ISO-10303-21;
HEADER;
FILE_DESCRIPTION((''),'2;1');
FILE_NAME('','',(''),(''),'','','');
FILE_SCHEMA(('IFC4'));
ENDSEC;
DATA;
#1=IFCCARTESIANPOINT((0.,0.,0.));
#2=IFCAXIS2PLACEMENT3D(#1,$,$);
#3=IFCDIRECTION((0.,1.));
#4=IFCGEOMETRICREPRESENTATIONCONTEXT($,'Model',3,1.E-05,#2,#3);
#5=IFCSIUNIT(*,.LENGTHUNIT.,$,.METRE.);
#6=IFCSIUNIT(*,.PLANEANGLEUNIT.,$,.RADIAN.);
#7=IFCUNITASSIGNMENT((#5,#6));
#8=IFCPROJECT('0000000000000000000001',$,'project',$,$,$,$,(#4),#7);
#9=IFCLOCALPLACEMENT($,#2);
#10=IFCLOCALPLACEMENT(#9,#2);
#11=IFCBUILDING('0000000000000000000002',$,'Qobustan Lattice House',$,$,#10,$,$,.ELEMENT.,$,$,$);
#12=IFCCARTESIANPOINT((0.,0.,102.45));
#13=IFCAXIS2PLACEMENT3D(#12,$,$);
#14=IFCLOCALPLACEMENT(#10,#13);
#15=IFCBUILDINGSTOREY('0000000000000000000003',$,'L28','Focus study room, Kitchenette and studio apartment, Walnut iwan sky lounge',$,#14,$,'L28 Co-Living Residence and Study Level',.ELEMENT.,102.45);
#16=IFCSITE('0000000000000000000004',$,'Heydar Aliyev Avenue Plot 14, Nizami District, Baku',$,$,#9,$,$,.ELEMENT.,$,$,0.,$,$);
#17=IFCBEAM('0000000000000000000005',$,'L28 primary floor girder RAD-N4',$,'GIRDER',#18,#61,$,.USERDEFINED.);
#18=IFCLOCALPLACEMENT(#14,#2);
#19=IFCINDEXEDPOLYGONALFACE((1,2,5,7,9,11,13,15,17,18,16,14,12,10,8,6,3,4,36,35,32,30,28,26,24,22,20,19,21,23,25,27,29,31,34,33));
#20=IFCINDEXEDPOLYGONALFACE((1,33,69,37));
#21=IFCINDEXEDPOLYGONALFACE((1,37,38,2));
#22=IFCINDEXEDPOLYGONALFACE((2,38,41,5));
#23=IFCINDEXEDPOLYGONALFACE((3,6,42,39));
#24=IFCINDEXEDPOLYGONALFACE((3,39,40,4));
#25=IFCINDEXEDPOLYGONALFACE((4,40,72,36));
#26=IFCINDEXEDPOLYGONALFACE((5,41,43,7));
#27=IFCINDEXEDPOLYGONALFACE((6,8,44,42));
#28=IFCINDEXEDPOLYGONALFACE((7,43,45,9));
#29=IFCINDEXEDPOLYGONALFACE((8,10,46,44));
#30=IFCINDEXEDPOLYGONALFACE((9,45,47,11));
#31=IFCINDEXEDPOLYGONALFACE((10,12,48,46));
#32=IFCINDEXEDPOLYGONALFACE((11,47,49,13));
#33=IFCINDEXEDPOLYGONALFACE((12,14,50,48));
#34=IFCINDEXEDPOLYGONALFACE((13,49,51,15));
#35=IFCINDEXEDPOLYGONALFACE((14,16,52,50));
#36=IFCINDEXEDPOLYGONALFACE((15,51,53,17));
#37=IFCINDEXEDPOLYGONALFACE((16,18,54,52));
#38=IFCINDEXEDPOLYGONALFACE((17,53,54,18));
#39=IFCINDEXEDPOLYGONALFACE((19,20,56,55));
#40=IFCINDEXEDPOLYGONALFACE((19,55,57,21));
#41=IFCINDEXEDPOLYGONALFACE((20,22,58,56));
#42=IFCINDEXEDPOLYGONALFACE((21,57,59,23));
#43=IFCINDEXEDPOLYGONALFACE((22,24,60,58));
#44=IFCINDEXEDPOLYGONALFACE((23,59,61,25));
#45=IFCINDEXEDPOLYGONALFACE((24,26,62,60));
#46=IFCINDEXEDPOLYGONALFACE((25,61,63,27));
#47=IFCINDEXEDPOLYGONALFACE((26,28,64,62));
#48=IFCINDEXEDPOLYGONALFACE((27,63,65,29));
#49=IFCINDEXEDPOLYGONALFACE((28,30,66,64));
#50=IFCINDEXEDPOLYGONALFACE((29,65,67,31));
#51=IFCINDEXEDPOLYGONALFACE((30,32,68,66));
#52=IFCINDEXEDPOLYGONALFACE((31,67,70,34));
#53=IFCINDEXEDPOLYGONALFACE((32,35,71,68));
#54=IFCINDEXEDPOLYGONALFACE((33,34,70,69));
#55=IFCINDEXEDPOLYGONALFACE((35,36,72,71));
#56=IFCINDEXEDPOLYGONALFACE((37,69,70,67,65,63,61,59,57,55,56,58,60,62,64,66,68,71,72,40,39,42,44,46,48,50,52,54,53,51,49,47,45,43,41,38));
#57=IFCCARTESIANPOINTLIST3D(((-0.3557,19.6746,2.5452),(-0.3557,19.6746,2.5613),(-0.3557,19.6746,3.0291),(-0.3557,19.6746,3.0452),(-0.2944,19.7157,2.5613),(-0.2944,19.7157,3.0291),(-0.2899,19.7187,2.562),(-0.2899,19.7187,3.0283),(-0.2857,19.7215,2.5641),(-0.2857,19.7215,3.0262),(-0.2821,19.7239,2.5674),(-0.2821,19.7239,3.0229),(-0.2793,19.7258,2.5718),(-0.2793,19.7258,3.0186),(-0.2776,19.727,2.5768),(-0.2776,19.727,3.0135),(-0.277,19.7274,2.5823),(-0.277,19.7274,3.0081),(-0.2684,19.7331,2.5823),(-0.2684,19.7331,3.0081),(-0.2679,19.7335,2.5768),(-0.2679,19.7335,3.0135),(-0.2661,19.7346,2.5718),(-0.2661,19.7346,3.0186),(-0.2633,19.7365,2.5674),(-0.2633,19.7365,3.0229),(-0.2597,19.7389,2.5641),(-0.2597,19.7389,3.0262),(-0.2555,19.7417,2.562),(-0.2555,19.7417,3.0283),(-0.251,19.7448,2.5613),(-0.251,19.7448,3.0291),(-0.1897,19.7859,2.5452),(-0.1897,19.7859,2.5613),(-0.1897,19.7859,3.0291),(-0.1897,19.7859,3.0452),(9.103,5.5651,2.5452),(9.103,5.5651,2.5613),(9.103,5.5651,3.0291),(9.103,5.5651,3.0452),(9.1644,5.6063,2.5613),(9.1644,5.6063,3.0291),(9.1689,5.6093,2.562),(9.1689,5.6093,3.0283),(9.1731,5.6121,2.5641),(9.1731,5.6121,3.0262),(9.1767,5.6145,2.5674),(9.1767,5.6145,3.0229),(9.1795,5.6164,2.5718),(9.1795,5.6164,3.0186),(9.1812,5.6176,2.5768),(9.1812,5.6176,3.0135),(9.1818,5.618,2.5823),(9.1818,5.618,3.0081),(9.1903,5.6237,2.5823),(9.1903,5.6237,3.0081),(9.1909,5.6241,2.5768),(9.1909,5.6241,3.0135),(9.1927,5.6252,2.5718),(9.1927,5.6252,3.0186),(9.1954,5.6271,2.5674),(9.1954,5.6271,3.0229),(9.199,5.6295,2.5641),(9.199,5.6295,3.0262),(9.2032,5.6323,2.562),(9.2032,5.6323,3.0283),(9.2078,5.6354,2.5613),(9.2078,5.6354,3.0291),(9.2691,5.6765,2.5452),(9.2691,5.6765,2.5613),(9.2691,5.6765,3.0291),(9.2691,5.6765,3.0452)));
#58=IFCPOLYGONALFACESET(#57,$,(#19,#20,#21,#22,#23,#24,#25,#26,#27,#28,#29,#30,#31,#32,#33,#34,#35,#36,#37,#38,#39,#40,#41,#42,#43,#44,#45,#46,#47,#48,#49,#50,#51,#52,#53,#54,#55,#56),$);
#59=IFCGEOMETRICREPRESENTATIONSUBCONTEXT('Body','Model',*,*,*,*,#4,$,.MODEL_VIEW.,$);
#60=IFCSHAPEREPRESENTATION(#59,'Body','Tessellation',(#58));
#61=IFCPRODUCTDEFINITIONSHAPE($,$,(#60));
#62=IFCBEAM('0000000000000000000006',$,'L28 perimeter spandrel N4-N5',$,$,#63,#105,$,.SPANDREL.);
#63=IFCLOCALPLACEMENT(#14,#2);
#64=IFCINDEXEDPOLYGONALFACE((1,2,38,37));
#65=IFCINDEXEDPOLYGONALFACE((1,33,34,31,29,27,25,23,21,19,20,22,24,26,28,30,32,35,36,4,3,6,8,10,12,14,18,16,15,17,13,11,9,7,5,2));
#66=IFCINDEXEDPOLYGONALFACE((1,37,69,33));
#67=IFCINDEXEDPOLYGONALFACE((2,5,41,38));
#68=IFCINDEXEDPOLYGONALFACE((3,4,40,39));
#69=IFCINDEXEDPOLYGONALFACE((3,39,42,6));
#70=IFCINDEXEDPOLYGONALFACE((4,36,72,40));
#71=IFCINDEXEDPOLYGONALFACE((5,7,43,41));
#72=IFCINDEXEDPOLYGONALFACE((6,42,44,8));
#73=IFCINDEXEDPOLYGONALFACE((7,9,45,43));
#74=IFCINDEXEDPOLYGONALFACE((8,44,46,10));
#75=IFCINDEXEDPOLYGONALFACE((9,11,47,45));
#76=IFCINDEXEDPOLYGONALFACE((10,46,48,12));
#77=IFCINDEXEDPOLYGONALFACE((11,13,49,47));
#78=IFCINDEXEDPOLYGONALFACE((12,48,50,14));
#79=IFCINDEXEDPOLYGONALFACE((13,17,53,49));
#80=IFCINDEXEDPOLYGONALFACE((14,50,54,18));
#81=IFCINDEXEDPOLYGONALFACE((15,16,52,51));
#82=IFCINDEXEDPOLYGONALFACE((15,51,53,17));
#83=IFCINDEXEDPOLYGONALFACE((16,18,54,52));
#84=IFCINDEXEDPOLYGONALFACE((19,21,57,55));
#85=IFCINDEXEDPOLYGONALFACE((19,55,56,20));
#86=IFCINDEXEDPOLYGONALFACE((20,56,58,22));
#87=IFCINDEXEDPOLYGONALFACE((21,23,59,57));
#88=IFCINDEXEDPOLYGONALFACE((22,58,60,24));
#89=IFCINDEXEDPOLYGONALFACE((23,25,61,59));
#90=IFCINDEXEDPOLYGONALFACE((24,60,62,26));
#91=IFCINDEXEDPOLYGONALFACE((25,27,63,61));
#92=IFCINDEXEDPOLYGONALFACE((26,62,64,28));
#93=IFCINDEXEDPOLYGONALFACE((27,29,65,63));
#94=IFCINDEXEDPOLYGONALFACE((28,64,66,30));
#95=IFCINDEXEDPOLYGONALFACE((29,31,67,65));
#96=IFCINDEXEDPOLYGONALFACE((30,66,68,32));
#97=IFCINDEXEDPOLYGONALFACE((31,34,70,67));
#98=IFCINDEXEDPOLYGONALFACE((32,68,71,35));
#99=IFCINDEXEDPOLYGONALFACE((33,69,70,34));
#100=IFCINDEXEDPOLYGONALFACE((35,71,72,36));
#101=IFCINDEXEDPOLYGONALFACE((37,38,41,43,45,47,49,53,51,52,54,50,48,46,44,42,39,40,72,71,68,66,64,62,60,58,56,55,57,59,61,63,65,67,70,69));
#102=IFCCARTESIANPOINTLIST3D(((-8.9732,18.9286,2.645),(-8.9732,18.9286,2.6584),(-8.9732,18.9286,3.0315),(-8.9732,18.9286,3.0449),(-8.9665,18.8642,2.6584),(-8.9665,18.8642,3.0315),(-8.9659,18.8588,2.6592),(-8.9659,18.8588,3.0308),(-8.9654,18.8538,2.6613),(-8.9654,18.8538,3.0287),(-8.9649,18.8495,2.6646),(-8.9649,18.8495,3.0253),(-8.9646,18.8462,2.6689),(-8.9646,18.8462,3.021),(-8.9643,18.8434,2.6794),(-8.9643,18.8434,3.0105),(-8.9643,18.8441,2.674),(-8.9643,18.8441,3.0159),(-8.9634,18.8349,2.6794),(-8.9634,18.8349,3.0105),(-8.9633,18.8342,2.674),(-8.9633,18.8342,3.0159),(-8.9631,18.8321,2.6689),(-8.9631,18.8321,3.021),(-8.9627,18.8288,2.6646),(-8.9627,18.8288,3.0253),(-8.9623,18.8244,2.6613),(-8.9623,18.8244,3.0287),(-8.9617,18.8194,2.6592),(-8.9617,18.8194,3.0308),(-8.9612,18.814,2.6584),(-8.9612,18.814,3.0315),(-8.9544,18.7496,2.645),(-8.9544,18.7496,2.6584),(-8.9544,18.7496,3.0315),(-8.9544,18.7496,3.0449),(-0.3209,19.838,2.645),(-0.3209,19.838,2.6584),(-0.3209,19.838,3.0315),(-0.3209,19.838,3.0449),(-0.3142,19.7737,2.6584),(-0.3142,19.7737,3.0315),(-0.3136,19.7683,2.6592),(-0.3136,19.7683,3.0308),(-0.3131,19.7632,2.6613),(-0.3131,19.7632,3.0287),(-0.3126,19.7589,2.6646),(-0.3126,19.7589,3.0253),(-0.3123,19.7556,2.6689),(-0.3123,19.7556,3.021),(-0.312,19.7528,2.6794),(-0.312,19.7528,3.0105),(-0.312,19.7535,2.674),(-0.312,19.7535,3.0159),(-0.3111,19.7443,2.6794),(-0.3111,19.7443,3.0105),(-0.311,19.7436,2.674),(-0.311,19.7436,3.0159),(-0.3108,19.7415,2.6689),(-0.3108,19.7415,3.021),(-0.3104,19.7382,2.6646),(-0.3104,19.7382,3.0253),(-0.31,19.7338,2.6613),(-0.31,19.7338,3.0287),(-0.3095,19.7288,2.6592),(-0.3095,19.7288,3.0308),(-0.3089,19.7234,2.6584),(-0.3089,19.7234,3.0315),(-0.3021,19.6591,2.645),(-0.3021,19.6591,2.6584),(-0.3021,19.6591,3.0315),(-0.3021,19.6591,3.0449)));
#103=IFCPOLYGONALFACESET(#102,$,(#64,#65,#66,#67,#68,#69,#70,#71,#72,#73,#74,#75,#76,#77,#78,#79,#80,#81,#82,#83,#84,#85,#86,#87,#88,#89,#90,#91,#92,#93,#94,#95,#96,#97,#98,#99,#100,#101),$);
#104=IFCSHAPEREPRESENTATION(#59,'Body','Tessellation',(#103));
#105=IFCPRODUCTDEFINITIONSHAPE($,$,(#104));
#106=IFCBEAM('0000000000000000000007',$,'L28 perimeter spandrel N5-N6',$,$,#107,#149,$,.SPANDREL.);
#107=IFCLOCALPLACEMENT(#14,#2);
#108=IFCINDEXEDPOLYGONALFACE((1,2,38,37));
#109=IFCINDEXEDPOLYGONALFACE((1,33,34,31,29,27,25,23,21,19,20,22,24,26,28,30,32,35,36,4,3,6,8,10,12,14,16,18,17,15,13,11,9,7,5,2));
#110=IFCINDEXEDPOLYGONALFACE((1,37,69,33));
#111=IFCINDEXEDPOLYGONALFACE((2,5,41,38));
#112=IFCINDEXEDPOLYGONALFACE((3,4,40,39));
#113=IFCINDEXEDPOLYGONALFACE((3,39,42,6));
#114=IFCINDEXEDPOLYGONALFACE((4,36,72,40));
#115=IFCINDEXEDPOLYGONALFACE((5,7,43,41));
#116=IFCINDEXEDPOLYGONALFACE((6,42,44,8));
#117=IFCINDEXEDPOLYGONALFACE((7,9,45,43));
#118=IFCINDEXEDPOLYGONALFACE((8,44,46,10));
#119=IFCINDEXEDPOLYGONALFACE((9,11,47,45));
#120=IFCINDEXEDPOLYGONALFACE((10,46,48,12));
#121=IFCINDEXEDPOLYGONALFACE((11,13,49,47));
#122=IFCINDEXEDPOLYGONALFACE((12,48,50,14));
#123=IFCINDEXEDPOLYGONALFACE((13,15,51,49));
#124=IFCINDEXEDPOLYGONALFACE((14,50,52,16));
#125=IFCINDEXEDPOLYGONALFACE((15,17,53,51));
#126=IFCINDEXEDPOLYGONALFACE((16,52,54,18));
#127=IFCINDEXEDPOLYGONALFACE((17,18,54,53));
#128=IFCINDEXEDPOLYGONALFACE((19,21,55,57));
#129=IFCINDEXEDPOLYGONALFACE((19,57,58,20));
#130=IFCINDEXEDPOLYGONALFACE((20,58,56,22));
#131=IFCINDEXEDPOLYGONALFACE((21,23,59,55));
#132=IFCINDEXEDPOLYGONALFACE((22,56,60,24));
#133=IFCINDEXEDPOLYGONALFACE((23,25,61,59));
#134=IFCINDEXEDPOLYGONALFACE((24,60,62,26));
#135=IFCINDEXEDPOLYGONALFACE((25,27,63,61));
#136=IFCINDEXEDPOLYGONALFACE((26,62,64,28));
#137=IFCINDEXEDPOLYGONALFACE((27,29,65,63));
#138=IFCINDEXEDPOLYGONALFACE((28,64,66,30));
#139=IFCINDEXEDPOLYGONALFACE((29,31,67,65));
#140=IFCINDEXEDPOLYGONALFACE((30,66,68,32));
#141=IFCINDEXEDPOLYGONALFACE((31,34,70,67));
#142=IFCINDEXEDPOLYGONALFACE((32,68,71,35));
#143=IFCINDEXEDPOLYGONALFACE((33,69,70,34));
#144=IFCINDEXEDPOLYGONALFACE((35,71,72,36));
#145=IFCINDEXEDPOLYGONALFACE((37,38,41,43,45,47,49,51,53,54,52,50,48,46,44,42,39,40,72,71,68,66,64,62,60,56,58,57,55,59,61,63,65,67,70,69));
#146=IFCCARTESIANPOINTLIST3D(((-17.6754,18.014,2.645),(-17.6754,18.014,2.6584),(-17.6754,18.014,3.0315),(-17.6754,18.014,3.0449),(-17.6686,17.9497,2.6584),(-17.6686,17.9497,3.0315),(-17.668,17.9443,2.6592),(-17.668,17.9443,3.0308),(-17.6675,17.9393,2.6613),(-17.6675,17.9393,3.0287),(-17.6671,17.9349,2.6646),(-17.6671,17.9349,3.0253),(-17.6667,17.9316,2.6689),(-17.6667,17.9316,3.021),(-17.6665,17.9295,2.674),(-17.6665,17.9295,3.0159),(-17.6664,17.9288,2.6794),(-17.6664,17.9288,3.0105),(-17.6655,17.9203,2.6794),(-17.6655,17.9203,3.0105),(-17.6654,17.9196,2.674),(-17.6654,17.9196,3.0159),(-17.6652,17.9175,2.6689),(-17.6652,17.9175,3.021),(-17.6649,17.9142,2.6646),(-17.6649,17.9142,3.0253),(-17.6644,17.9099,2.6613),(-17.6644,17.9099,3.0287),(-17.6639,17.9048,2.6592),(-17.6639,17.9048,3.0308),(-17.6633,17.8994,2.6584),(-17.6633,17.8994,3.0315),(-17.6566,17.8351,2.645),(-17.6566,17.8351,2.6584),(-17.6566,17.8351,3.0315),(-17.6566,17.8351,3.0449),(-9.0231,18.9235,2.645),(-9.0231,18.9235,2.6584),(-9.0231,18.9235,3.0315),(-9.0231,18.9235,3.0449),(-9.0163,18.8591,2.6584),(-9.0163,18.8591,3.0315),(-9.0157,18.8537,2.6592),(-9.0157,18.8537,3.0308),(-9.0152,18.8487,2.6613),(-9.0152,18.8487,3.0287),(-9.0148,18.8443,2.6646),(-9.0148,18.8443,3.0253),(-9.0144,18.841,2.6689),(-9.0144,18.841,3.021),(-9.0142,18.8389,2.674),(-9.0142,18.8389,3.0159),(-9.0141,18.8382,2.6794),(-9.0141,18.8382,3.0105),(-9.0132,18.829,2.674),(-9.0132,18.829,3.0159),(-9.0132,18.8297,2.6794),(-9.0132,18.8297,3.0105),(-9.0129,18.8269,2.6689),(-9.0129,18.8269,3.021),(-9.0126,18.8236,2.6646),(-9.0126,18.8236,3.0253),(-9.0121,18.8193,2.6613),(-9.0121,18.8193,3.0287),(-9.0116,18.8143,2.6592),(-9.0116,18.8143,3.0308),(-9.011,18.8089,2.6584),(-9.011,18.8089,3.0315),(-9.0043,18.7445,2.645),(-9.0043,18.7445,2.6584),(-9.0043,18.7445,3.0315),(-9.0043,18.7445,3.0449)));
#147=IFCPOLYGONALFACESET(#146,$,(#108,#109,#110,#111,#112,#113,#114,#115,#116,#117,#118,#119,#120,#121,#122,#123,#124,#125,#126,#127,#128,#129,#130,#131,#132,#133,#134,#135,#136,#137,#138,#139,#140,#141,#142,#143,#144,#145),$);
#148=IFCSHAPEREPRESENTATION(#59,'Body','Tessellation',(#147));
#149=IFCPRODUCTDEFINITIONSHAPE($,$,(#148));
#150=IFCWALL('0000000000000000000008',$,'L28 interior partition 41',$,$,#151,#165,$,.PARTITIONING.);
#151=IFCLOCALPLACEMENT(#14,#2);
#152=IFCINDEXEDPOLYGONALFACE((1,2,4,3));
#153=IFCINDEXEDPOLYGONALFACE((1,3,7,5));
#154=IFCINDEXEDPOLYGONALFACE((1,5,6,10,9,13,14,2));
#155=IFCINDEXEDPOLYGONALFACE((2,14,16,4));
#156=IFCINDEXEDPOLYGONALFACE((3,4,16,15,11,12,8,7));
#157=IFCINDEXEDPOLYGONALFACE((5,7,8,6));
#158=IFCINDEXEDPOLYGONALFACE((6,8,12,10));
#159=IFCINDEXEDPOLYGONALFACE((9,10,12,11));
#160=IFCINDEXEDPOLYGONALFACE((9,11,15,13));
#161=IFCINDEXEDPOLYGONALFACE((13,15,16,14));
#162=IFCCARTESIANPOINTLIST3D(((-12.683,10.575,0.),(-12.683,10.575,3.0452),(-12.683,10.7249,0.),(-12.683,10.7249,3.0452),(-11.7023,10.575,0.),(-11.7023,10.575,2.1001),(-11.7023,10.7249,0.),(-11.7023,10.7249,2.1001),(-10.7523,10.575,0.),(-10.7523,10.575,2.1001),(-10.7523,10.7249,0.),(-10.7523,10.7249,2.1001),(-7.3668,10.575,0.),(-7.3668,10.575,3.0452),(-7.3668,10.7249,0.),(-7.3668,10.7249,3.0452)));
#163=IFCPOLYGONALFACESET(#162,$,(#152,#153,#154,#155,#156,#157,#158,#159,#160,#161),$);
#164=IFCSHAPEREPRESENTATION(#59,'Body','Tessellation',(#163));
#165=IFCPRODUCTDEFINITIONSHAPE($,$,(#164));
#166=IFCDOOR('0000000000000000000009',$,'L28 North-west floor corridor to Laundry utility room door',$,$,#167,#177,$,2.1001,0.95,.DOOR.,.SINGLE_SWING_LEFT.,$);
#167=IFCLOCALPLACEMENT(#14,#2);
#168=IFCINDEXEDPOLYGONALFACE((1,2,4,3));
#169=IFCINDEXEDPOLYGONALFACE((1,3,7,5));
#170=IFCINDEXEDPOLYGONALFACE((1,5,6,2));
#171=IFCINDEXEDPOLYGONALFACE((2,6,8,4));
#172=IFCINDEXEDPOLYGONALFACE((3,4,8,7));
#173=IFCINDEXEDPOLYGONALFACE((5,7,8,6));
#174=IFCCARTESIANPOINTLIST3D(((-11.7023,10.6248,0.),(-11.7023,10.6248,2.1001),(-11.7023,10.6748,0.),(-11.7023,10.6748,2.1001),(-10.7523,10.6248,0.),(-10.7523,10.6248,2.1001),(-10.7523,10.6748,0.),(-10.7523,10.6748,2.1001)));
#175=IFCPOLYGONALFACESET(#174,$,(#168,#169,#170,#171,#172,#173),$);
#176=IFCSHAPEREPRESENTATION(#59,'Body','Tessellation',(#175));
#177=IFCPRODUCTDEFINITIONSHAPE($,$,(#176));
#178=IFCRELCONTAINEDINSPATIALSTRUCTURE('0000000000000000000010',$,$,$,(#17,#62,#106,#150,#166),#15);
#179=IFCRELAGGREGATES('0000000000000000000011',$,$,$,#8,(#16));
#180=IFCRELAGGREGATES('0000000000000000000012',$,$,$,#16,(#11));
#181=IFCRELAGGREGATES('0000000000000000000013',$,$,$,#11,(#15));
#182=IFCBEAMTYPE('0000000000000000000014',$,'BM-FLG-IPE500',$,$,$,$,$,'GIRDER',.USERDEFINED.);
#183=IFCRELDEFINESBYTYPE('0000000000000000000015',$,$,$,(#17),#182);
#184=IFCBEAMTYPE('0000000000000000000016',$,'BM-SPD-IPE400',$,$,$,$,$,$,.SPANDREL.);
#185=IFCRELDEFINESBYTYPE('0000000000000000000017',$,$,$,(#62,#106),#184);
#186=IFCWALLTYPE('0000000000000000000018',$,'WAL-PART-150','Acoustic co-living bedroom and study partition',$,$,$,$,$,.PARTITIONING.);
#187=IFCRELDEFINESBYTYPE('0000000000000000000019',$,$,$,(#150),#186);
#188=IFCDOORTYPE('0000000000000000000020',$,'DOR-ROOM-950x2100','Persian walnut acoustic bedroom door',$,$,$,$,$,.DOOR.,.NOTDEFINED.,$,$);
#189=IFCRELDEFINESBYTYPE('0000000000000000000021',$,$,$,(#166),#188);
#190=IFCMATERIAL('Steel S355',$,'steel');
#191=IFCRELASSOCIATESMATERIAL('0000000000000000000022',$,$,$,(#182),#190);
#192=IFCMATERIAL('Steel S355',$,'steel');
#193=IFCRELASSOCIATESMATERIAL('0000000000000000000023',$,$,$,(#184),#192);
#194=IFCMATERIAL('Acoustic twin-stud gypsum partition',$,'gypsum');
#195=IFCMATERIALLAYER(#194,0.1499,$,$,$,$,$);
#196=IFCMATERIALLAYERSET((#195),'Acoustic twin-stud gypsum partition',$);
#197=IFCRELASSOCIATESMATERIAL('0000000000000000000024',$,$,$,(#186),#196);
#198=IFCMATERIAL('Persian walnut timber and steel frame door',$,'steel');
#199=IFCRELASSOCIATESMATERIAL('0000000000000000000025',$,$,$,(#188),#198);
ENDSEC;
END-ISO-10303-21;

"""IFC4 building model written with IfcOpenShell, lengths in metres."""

from ifc_helpers import new_model, si_unit, direction, frame, frame_2d, origin, origin_2d, place, context, subcontext, project, spatial, rectangle, i_section, extrude, material, layer, layer_set, material_profile, profile_set, type_object, element, fill, save


model = new_model("IFC4")

# Units and contexts
model_context = context("Model", 3, precision=1e-05, world=origin(), true_north=direction((0.0, 1.0)))
body_context = subcontext(model_context, "Body", "Model", "MODEL_VIEW")
ifc_project = project(units=[si_unit("LENGTHUNIT", "METRE"), si_unit("PLANEANGLEUNIT", "RADIAN")], contexts=[model_context])

# Site, building, storey
site_placement = place(None, origin())
site = spatial("IfcSite", under=ifc_project, at=site_placement, Name="Heydar Aliyev Avenue Plot 14, Nizami District, Baku", CompositionType="ELEMENT", RefElevation=0.0)
building_placement = place(site_placement, origin())
building = spatial("IfcBuilding", under=site, at=building_placement, Name="Qobustan Lattice House", CompositionType="ELEMENT")
storey_placement = place(building_placement, frame((0.0, 0.0, 102.45)))
storey = spatial("IfcBuildingStorey", under=building, at=storey_placement, Name="L28", Description="Focus study room, Kitchenette and studio apartment, Walnut iwan sky lounge", LongName="L28 Co-Living Residence and Study Level", CompositionType="ELEMENT", Elevation=102.45)

# Beams
ifc_material_1 = material(Name="Steel S355", Category="steel")
ifc_material_profile_1 = material_profile(ifc_material_1, i_section(OverallWidth=0.2, OverallDepth=0.5, WebThickness=0.0103, FlangeThickness=0.0161, FilletRadius=0.021, at=origin_2d()), Name="IPE500")
ifc_profile_set_1 = profile_set([ifc_material_profile_1], Name="Steel S355")
beam_type_1 = type_object("IfcBeamType", Name="BM-FLG-IPE500", ElementType="GIRDER", PredefinedType="USERDEFINED", material=ifc_profile_set_1)
beam_1_placement = place(storey_placement, frame((-0.2727, 19.7302, 2.7952), z_axis=(0.556838, -0.830621, 0.0), x_axis=(0.830621, 0.556838, 0.0)))
element("IfcBeam", 1, at=beam_1_placement, inside=storey, type_object=beam_type_1, Name="L28 primary floor girder RAD-N4", ObjectType="GIRDER", PredefinedType="USERDEFINED", context=body_context, shape_type="SweptSolid", body=[
    extrude(i_section(OverallWidth=0.2, OverallDepth=0.5, WebThickness=0.0103, FlangeThickness=0.0161, FilletRadius=0.021, at=origin_2d()), origin(), (0.0, 0.0, 1.0), 16.9866),
])
ifc_material_2 = material(Name="Steel S355", Category="steel")
ifc_material_profile_2 = material_profile(ifc_material_2, i_section(OverallWidth=0.1799, OverallDepth=0.3999, WebThickness=0.0085, FlangeThickness=0.0134, FilletRadius=0.021, at=origin_2d()), Name="IPE400")
ifc_profile_set_2 = profile_set([ifc_material_profile_2], Name="Steel S355")
beam_type_2 = type_object("IfcBeamType", Name="BM-SPD-IPE400", PredefinedType="SPANDREL", material=ifc_profile_set_2)
for number, where, z_axis, x_axis, name in (
    (2, (-0.3115, 19.7485, 2.845), (-0.994522, -0.104531, 0.0), (0.104531, -0.994522, 0.0), "L28 perimeter spandrel N4-N5"),
    (3, (-9.0137, 18.834, 2.845), (-0.994522, -0.104531, 0.0), (0.104531, -0.994522, 0.0), "L28 perimeter spandrel N5-N6"),
):
    element("IfcBeam", number, at=place(storey_placement, frame(where, z_axis=z_axis, x_axis=x_axis)), inside=storey, type_object=beam_type_2, Name=name, PredefinedType="SPANDREL", context=body_context, shape_type="SweptSolid", body=[
        extrude(i_section(OverallWidth=0.1799, OverallDepth=0.3999, WebThickness=0.0085, FlangeThickness=0.0134, FilletRadius=0.021, at=origin_2d()), origin(), (0.0, 0.0, 1.0), 8.7),
    ])

# Wall, opening, door
ifc_material_3 = material(Name="Acoustic twin-stud gypsum partition", Category="gypsum")
ifc_layer_1 = layer(ifc_material_3, 0.1499)
ifc_layer_set_1 = layer_set([ifc_layer_1], Name="Acoustic twin-stud gypsum partition")
wall_type_1 = type_object("IfcWallType", Name="WAL-PART-150", Description="Acoustic co-living bedroom and study partition", PredefinedType="PARTITIONING", material=ifc_layer_set_1)
wall_1_placement = place(storey_placement, frame((-12.6831, 10.6499, 0.0), z_axis=(0.0, 0.0, 1.0), x_axis=(1.0, 0.0, 0.0)))
wall_1 = element("IfcWall", 4, at=wall_1_placement, inside=storey, type_object=wall_type_1, Name="L28 interior partition 41", PredefinedType="PARTITIONING", context=body_context, shape_type="SweptSolid", body=[
    extrude(rectangle(XDim=5.3162, YDim=0.1499, at=frame_2d((2.6582, 0.0))), origin(), (0.0, 0.0, 1.0), 3.0452),
])
opening_1_placement = place(wall_1_placement, frame((0.9807, 0.0, 0.0)))
opening_1 = element("IfcOpeningElement", 5, at=opening_1_placement, cuts=wall_1, PredefinedType="OPENING", context=body_context, shape_type="SweptSolid", body=[
    extrude(rectangle(XDim=0.95, YDim=2.1001, at=frame_2d((0.4751, 1.05))), frame((0.0, 0.085, 0.0), z_axis=(0.0, -1.0, 0.0), x_axis=(1.0, 0.0, 0.0)), (0.0, 0.0, 1.0), 0.1699),
])
ifc_material_4 = material(Name="Persian walnut timber and steel frame door", Category="steel")
door_type_1 = type_object("IfcDoorType", Name="DOR-ROOM-950x2100", Description="Persian walnut acoustic bedroom door", OperationType="NOTDEFINED", PredefinedType="DOOR", material=ifc_material_4)
door_1_placement = place(opening_1_placement, origin())
door_1 = element("IfcDoor", 6, at=door_1_placement, inside=storey, type_object=door_type_1, Name="L28 North-west floor corridor to Laundry utility room door", OperationType="SINGLE_SWING_LEFT", OverallHeight=2.1001, OverallWidth=0.95, PredefinedType="DOOR", context=body_context, shape_type="SweptSolid", body=[
    extrude(rectangle(XDim=0.95, YDim=2.1001, at=frame_2d((0.4751, 1.05))), frame((0.0, 0.0249, 0.0), z_axis=(0.0, -1.0, 0.0), x_axis=(1.0, 0.0, 0.0)), (0.0, 0.0, 1.0), 0.05),
])
fill(opening_1, door_1)

save(model, "model.ifc")
